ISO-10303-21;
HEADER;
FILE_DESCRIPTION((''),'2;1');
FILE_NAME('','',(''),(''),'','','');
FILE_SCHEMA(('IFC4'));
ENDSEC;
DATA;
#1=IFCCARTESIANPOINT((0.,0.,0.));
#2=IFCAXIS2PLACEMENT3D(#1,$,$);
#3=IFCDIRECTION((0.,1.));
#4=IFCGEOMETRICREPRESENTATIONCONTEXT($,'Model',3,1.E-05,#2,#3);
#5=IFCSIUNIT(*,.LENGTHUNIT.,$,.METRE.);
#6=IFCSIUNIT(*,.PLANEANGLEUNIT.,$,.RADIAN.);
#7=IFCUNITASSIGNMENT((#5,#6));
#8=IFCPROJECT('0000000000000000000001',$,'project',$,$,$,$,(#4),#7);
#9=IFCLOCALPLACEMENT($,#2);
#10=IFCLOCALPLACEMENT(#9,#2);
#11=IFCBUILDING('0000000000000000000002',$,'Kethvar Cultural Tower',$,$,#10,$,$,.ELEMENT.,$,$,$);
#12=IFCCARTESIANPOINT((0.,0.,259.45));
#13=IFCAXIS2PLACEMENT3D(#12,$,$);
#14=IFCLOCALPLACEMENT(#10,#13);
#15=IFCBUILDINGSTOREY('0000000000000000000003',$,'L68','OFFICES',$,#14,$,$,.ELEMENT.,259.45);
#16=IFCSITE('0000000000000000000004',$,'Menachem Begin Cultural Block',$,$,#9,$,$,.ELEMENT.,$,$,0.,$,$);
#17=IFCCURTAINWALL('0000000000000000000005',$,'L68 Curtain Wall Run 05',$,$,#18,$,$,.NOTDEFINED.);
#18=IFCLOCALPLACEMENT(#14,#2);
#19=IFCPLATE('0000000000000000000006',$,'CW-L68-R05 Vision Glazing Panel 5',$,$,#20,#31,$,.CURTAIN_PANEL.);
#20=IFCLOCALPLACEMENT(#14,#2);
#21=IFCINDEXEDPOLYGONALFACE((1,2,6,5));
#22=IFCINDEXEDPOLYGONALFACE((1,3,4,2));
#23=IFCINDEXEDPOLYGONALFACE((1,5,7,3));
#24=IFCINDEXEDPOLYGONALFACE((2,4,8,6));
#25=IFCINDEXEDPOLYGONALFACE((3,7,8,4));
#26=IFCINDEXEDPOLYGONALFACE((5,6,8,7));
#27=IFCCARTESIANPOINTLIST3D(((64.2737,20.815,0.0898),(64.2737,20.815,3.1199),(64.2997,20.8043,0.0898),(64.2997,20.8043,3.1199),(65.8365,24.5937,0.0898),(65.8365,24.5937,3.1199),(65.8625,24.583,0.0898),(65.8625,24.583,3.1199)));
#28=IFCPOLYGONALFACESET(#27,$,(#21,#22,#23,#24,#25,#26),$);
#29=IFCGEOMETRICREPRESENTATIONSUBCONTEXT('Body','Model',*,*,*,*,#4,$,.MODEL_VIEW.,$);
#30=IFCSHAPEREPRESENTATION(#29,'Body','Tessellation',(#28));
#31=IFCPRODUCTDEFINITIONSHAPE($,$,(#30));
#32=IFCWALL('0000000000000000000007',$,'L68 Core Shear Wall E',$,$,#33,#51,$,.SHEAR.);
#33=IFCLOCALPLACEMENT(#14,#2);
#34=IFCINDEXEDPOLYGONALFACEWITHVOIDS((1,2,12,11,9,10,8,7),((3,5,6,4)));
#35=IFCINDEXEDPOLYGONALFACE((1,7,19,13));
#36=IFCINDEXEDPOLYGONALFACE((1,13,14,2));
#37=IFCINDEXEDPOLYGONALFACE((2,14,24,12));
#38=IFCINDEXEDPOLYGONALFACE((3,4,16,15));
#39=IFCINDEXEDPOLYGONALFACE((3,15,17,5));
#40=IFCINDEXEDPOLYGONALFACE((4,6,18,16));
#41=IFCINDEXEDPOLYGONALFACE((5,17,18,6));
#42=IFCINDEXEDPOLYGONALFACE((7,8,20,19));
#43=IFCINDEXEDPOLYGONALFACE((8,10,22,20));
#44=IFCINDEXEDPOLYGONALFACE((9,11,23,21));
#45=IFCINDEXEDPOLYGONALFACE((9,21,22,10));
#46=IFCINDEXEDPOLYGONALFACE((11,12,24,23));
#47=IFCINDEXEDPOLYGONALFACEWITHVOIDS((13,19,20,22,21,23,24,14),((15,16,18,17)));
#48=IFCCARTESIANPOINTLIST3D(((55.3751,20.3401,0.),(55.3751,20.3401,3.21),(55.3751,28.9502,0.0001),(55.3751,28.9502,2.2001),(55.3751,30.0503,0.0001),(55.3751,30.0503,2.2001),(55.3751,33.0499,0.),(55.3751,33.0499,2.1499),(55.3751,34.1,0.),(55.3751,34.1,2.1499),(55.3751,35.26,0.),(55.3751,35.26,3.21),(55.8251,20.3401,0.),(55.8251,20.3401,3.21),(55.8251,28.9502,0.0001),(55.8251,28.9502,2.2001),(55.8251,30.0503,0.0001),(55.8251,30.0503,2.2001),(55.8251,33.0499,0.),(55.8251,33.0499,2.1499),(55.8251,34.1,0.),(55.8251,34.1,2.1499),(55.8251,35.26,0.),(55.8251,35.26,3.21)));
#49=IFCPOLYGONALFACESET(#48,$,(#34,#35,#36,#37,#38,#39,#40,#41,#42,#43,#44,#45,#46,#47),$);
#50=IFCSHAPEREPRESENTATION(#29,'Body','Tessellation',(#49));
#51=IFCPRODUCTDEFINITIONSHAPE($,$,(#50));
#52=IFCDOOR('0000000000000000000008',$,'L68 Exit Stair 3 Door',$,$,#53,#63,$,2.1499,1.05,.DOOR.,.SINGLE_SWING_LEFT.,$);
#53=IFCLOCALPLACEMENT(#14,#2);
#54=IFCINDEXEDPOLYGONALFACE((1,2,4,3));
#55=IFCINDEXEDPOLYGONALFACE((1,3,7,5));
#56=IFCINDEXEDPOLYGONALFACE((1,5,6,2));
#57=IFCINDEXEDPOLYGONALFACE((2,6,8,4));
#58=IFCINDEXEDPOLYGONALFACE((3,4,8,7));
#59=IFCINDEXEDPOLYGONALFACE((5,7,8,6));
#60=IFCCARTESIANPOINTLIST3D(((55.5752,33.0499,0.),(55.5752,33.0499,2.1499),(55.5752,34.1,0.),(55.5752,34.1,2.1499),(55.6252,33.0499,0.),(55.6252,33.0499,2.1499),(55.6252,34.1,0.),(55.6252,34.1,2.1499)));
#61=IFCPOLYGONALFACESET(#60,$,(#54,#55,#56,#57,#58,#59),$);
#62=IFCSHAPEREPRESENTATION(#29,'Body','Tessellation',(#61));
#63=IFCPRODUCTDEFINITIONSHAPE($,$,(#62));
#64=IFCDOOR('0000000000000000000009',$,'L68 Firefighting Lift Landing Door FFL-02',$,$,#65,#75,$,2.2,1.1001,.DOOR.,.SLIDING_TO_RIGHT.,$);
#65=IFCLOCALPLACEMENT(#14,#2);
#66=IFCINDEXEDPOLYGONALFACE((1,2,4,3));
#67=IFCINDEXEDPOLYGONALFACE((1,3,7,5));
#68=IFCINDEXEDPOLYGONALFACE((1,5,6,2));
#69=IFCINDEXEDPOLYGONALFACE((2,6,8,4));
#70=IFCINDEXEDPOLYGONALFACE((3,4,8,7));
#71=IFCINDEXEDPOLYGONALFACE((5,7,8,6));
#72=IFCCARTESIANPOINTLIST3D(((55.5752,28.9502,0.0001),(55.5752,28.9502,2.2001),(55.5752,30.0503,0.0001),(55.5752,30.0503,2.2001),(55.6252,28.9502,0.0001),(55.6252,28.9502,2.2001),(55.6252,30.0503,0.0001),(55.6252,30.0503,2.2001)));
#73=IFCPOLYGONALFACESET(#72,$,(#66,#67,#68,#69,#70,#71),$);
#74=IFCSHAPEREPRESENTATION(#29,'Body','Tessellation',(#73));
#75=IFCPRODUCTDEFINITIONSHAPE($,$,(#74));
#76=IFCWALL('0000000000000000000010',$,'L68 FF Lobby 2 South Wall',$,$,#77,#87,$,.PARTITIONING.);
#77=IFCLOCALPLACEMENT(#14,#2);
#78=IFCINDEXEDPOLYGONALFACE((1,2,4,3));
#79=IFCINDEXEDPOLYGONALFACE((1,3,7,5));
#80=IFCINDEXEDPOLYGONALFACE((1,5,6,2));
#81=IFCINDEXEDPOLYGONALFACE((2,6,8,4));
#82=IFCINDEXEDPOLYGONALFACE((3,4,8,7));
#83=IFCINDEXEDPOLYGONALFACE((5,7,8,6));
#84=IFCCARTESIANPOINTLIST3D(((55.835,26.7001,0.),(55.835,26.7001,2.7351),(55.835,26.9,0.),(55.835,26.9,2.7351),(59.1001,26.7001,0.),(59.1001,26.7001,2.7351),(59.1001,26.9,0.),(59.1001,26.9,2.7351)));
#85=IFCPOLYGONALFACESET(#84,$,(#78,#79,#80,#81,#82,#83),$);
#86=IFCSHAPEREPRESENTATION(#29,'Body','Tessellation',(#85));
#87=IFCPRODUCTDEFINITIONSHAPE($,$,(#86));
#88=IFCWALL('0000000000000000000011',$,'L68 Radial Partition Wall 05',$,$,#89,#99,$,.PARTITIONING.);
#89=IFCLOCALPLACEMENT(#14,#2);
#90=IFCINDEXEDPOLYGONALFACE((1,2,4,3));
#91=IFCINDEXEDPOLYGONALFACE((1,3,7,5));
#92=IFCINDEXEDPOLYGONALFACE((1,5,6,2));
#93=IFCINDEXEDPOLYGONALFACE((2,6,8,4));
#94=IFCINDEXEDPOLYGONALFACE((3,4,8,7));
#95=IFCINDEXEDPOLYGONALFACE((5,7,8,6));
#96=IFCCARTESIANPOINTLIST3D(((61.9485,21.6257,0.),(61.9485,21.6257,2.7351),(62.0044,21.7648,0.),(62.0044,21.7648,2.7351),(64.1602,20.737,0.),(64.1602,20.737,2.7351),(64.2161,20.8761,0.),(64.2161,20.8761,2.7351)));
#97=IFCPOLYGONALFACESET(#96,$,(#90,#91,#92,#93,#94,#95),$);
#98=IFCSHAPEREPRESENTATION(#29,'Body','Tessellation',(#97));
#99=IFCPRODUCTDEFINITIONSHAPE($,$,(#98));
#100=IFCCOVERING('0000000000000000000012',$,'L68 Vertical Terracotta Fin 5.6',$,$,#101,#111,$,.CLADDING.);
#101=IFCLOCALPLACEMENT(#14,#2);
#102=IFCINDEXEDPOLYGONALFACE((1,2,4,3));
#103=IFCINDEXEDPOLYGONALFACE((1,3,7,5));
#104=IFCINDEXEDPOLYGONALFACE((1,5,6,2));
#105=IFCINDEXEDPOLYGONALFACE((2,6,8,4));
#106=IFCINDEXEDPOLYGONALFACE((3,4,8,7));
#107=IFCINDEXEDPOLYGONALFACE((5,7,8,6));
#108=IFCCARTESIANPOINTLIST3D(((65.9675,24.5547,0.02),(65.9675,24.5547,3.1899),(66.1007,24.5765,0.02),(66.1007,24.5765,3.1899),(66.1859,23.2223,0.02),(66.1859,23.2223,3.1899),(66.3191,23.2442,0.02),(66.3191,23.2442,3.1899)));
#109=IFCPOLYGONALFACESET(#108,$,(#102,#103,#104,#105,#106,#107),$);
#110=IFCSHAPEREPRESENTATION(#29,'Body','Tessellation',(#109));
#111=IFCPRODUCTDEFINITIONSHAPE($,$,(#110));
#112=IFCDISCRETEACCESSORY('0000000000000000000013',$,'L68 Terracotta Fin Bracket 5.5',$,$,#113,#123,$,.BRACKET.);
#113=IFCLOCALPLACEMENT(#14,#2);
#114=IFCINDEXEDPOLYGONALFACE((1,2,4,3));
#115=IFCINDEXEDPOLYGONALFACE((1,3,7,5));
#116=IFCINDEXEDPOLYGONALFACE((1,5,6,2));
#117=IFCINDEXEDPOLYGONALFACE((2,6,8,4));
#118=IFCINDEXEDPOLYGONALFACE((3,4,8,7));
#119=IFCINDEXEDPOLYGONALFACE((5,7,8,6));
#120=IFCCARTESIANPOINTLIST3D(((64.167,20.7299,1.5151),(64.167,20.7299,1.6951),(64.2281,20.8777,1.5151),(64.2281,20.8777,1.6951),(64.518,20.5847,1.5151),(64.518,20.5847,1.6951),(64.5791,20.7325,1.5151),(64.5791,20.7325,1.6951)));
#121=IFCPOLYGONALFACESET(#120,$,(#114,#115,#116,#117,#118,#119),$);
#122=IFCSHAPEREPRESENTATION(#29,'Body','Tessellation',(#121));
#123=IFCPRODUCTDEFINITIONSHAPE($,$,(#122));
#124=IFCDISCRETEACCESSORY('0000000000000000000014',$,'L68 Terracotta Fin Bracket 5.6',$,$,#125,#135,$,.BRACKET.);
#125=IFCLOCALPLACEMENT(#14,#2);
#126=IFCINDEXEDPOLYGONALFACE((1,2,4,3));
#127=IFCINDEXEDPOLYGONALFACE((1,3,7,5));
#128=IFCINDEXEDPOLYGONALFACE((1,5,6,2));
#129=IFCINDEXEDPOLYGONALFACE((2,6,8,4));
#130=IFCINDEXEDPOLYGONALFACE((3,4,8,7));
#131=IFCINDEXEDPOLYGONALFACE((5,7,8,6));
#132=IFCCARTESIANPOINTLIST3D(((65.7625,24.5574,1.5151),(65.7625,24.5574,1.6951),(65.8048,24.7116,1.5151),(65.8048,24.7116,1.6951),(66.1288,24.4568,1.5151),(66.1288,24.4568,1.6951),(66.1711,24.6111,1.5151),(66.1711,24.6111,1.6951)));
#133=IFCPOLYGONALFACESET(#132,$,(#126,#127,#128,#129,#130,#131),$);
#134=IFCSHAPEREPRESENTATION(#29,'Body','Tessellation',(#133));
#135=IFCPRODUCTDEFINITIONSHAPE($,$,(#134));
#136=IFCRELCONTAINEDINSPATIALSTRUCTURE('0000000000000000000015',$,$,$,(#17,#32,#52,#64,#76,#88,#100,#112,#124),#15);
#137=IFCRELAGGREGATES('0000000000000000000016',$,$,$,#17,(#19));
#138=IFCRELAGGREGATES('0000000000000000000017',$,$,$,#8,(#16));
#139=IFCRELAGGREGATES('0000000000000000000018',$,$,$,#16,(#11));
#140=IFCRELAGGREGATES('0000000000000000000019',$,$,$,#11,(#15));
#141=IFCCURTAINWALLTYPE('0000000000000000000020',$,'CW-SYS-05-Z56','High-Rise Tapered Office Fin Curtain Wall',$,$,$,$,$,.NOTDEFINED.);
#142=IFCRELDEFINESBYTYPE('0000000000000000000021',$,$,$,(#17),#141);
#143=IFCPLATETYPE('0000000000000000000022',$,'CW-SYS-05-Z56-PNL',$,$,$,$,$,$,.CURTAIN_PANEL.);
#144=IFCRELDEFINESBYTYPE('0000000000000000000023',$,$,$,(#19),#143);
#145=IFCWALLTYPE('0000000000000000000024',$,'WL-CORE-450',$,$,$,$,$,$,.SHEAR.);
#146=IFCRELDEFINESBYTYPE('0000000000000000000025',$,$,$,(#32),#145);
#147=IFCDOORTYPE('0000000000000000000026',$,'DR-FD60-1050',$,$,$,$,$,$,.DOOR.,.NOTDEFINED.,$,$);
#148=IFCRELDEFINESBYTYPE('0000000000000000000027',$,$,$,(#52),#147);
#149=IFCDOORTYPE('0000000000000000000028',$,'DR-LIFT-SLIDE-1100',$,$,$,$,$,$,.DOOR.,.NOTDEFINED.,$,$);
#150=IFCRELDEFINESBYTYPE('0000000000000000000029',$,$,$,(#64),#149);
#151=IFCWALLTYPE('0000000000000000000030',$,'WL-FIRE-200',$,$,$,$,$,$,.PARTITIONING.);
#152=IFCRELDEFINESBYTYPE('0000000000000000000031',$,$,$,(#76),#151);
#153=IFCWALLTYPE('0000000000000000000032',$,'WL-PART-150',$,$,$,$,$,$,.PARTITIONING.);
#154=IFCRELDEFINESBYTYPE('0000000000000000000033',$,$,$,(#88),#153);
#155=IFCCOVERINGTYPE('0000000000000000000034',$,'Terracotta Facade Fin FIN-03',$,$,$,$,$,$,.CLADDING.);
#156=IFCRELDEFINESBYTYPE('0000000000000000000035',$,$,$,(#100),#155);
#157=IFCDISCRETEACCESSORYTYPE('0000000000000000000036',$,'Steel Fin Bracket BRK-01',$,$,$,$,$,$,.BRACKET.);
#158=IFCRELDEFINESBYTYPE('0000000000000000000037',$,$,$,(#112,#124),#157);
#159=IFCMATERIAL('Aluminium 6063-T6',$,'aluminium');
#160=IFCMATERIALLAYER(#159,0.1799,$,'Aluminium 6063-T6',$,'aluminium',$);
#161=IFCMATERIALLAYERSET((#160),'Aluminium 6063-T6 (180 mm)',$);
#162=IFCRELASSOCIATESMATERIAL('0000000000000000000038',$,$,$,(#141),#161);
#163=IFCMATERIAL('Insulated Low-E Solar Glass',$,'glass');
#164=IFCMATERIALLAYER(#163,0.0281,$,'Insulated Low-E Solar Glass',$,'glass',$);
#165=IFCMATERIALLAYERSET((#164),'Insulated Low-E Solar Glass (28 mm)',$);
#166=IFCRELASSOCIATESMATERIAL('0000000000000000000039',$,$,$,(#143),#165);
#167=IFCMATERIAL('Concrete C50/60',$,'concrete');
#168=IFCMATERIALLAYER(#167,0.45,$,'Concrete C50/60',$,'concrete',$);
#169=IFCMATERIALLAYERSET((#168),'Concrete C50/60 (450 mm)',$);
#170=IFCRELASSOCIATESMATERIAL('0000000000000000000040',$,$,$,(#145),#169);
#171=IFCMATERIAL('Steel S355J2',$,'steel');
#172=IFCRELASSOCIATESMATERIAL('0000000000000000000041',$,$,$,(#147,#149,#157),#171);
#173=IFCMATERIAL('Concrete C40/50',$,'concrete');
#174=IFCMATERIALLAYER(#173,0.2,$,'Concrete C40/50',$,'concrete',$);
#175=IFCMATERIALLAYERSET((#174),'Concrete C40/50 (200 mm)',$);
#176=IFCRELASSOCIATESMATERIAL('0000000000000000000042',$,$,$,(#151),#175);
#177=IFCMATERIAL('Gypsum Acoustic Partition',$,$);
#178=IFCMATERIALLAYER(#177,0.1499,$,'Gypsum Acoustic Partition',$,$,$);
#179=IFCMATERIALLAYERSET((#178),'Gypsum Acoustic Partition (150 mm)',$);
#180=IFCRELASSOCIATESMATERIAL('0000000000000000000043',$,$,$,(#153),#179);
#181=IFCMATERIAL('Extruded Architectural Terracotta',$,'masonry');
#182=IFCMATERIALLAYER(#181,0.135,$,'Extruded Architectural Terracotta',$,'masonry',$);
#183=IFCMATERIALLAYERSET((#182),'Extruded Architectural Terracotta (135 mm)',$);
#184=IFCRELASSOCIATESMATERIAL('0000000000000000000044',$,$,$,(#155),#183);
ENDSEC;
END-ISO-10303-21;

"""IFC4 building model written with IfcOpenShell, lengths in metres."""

from ifc_helpers import new_model, si_unit, direction, frame, frame_2d, origin, origin_2d, place, context, subcontext, project, spatial, rectangle, extrude, source, transform, mapped, material, layer, layer_set, type_object, element, fill, aggregate, save


model = new_model("IFC4")

# Units and contexts
model_context = context("Model", 3, precision=1e-05, world=origin(), true_north=direction((0.0, 1.0)))
body_context = subcontext(model_context, "Body", "Model", "MODEL_VIEW")
ifc_project = project(units=[si_unit("LENGTHUNIT", "METRE"), si_unit("PLANEANGLEUNIT", "RADIAN")], contexts=[model_context])

# Site, building, storey
site_placement = place(None, origin())
site = spatial("IfcSite", under=ifc_project, at=site_placement, Name="Menachem Begin Cultural Block", CompositionType="ELEMENT", RefElevation=0.0)
building_placement = place(site_placement, origin())
building = spatial("IfcBuilding", under=site, at=building_placement, Name="Kethvar Cultural Tower", CompositionType="ELEMENT")
storey_placement = place(building_placement, frame((0.0, 0.0, 259.45)))
storey = spatial("IfcBuildingStorey", under=building, at=storey_placement, Name="L68", Description="OFFICES", CompositionType="ELEMENT", Elevation=259.45)

# Shared definitions
ifc_material_1 = material(Name="Steel S355J2", Category="steel")

# Curtain wall, plate
ifc_material_2 = material(Name="Aluminium 6063-T6", Category="aluminium")
ifc_layer_1 = layer(ifc_material_2, 0.1799, Name="Aluminium 6063-T6", Category="aluminium")
ifc_layer_set_1 = layer_set([ifc_layer_1], Name="Aluminium 6063-T6 (180 mm)")
curtain_wall_type = type_object("IfcCurtainWallType", Name="CW-SYS-05-Z56", Description="High-Rise Tapered Office Fin Curtain Wall", PredefinedType="NOTDEFINED", material=ifc_layer_set_1)
curtain_wall_placement = place(storey_placement, origin())
curtain_wall = element("IfcCurtainWall", 1, at=curtain_wall_placement, inside=storey, type_object=curtain_wall_type, Name="L68 Curtain Wall Run 05", PredefinedType="NOTDEFINED")
ifc_material_3 = material(Name="Insulated Low-E Solar Glass", Category="glass")
ifc_layer_2 = layer(ifc_material_3, 0.0281, Name="Insulated Low-E Solar Glass", Category="glass")
ifc_layer_set_2 = layer_set([ifc_layer_2], Name="Insulated Low-E Solar Glass (28 mm)")
plate_type = type_object("IfcPlateType", Name="CW-SYS-05-Z56-PNL", PredefinedType="CURTAIN_PANEL", material=ifc_layer_set_2)
shared_shape_1 = source(origin(), body_context, "Body", "SweptSolid", [
    extrude(rectangle(XDim=4.0891, YDim=0.0281, at=origin_2d()), origin(), (0.0, 0.0, 1.0), 3.03),
])
plate_1_placement = place(storey_placement, frame((65.0681, 22.699, 0.0898), z_axis=(0.0, 0.0, 1.0), x_axis=(0.382184, 0.924086, 0.0)))
plate_1 = element("IfcPlate", 2, at=plate_1_placement, type_object=plate_type, Name="CW-L68-R05 Vision Glazing Panel 5", PredefinedType="CURTAIN_PANEL", context=body_context, shape_type="MappedRepresentation", body=[
    mapped(shared_shape_1, transform((0.0, 0.0, 0.0), scale=1.0)),
])
aggregate(curtain_wall, [plate_1])

# Wall, openings, doors
ifc_material_4 = material(Name="Concrete C50/60", Category="concrete")
ifc_layer_3 = layer(ifc_material_4, 0.45, Name="Concrete C50/60", Category="concrete")
ifc_layer_set_3 = layer_set([ifc_layer_3], Name="Concrete C50/60 (450 mm)")
wall_type_1 = type_object("IfcWallType", Name="WL-CORE-450", PredefinedType="SHEAR", material=ifc_layer_set_3)
wall_1_placement = place(storey_placement, frame((55.6001, 20.3401, 0.0), z_axis=(0.0, 0.0, 1.0), x_axis=(0.0, 1.0, 0.0)))
wall_1 = element("IfcWall", 3, at=wall_1_placement, inside=storey, type_object=wall_type_1, Name="L68 Core Shear Wall E", PredefinedType="SHEAR", context=body_context, shape_type="SweptSolid", body=[
    extrude(rectangle(XDim=14.9199, YDim=0.45, at=frame_2d((7.46, 0.0))), origin(), (0.0, 0.0, 1.0), 3.21),
])
opening_1_placement = place(wall_1_placement, frame((12.71, 0.0, 0.0)))
opening_1 = element("IfcOpeningElement", 4, at=opening_1_placement, cuts=wall_1, PredefinedType="OPENING", context=body_context, shape_type="SweptSolid", body=[
    extrude(rectangle(XDim=1.05, YDim=2.1499, at=frame_2d((0.5249, 1.075))), frame((0.0, 0.2349, 0.0), z_axis=(0.0, -1.0, 0.0), x_axis=(1.0, 0.0, 0.0)), (0.0, 0.0, 1.0), 0.47),
])
opening_2_placement = place(wall_1_placement, frame((8.6101, 0.0, 0.0)))
opening_2 = element("IfcOpeningElement", 5, at=opening_2_placement, cuts=wall_1, PredefinedType="OPENING", context=body_context, shape_type="SweptSolid", body=[
    extrude(rectangle(XDim=1.1001, YDim=2.2, at=frame_2d((0.55, 1.1001))), frame((0.0, 0.2349, 0.0), z_axis=(0.0, -1.0, 0.0), x_axis=(1.0, 0.0, 0.0)), (0.0, 0.0, 1.0), 0.47),
])
door_type_1 = type_object("IfcDoorType", Name="DR-FD60-1050", OperationType="NOTDEFINED", PredefinedType="DOOR", material=ifc_material_1)
shared_shape_2 = source(origin(), body_context, "Body", "SweptSolid", [
    extrude(rectangle(XDim=1.05, YDim=2.1499, at=frame_2d((0.5249, 1.075))), frame((0.0, 0.0249, 0.0), z_axis=(0.0, -1.0, 0.0), x_axis=(1.0, 0.0, 0.0)), (0.0, 0.0, 1.0), 0.05),
])
door_1_placement = place(opening_1_placement, origin())
door_1 = element("IfcDoor", 6, at=door_1_placement, inside=storey, type_object=door_type_1, Name="L68 Exit Stair 3 Door", OperationType="SINGLE_SWING_LEFT", OverallHeight=2.1499, OverallWidth=1.05, PredefinedType="DOOR", context=body_context, shape_type="MappedRepresentation", body=[
    mapped(shared_shape_2, transform((0.0, 0.0, 0.0), scale=1.0)),
])
fill(opening_1, door_1)
door_type_2 = type_object("IfcDoorType", Name="DR-LIFT-SLIDE-1100", OperationType="NOTDEFINED", PredefinedType="DOOR", material=ifc_material_1)
shared_shape_3 = source(origin(), body_context, "Body", "SweptSolid", [
    extrude(rectangle(XDim=1.1001, YDim=2.2, at=frame_2d((0.55, 1.1001))), frame((0.0, 0.0249, 0.0), z_axis=(0.0, -1.0, 0.0), x_axis=(1.0, 0.0, 0.0)), (0.0, 0.0, 1.0), 0.05),
])
door_2_placement = place(opening_2_placement, origin())
door_2 = element("IfcDoor", 7, at=door_2_placement, inside=storey, type_object=door_type_2, Name="L68 Firefighting Lift Landing Door FFL-02", OperationType="SLIDING_TO_RIGHT", OverallHeight=2.2, OverallWidth=1.1001, PredefinedType="DOOR", context=body_context, shape_type="MappedRepresentation", body=[
    mapped(shared_shape_3, transform((0.0, 0.0, 0.0), scale=1.0)),
])
fill(opening_2, door_2)

# Shared definitions
ifc_material_5 = material(Name="Concrete C40/50", Category="concrete")
ifc_layer_4 = layer(ifc_material_5, 0.2, Name="Concrete C40/50", Category="concrete")
ifc_layer_set_4 = layer_set([ifc_layer_4], Name="Concrete C40/50 (200 mm)")
wall_type_2 = type_object("IfcWallType", Name="WL-FIRE-200", PredefinedType="PARTITIONING", material=ifc_layer_set_4)

# Walls
wall_2_placement = place(storey_placement, frame((55.835, 26.8, 0.0), z_axis=(0.0, 0.0, 1.0), x_axis=(1.0, 0.0, 0.0)))
element("IfcWall", 8, at=wall_2_placement, inside=storey, type_object=wall_type_2, Name="L68 FF Lobby 2 South Wall", PredefinedType="PARTITIONING", context=body_context, shape_type="SweptSolid", body=[
    extrude(rectangle(XDim=3.2651, YDim=0.2, at=frame_2d((1.6326, 0.0))), origin(), (0.0, 0.0, 1.0), 2.7351),
])
ifc_material_6 = material(Name="Gypsum Acoustic Partition")
ifc_layer_5 = layer(ifc_material_6, 0.1499, Name="Gypsum Acoustic Partition")
ifc_layer_set_5 = layer_set([ifc_layer_5], Name="Gypsum Acoustic Partition (150 mm)")
wall_type_3 = type_object("IfcWallType", Name="WL-PART-150", PredefinedType="PARTITIONING", material=ifc_layer_set_5)
wall_3_placement = place(storey_placement, frame((61.9763, 21.6953, 0.0), z_axis=(0.0, 0.0, 1.0), x_axis=(0.927896, -0.372838, 0.0)))
element("IfcWall", 9, at=wall_3_placement, inside=storey, type_object=wall_type_3, Name="L68 Radial Partition Wall 05", PredefinedType="PARTITIONING", context=body_context, shape_type="SweptSolid", body=[
    extrude(rectangle(XDim=2.3835, YDim=0.1499, at=frame_2d((1.1919, 0.0))), origin(), (0.0, 0.0, 1.0), 2.7351),
])

# Covering
ifc_material_7 = material(Name="Extruded Architectural Terracotta", Category="masonry")
ifc_layer_6 = layer(ifc_material_7, 0.135, Name="Extruded Architectural Terracotta", Category="masonry")
ifc_layer_set_6 = layer_set([ifc_layer_6], Name="Extruded Architectural Terracotta (135 mm)")
covering_type = type_object("IfcCoveringType", Name="Terracotta Facade Fin FIN-03", PredefinedType="CLADDING", material=ifc_layer_set_6)
shared_shape_4 = source(origin(), body_context, "Body", "SweptSolid", [
    extrude(rectangle(XDim=1.3501, YDim=0.135, at=origin_2d()), origin(), (0.0, 0.0, 1.0), 3.1699),
])
covering_placement = place(storey_placement, frame((66.1433, 23.8994, 0.02), z_axis=(0.0, 0.0, 1.0), x_axis=(0.161776, -0.986827, 0.0)))
element("IfcCovering", 10, at=covering_placement, inside=storey, type_object=covering_type, Name="L68 Vertical Terracotta Fin 5.6", PredefinedType="CLADDING", context=body_context, shape_type="MappedRepresentation", body=[
    mapped(shared_shape_4, transform((0.0, 0.0, 0.0), scale=1.0)),
])

# Discrete accessories
discrete_accessory_type = type_object("IfcDiscreteAccessoryType", Name="Steel Fin Bracket BRK-01", PredefinedType="BRACKET", material=ifc_material_1)
shared_shape_5 = source(origin(), body_context, "Body", "SweptSolid", [
    extrude(rectangle(XDim=0.3799, YDim=0.1599, at=origin_2d()), origin(), (0.0, 0.0, 1.0), 0.1799),
])
for number, where, z_axis, x_axis, name in (
    (11, (64.373, 20.7312, 1.5151), (0.0, 0.0, 1.0), (0.92408, -0.3822, 0.0), "L68 Terracotta Fin Bracket 5.5"),
    (12, (65.9668, 24.5842, 1.5151), (0.0, 0.0, 1.0), (0.964327, -0.264715, 0.0), "L68 Terracotta Fin Bracket 5.6"),
):
    element("IfcDiscreteAccessory", number, at=place(storey_placement, frame(where, z_axis=z_axis, x_axis=x_axis)), inside=storey, type_object=discrete_accessory_type, Name=name, PredefinedType="BRACKET", context=body_context, shape_type="MappedRepresentation", body=[
        mapped(shared_shape_5, transform((0.0, 0.0, 0.0), scale=1.0)),
    ])

save(model, "model.ifc")
